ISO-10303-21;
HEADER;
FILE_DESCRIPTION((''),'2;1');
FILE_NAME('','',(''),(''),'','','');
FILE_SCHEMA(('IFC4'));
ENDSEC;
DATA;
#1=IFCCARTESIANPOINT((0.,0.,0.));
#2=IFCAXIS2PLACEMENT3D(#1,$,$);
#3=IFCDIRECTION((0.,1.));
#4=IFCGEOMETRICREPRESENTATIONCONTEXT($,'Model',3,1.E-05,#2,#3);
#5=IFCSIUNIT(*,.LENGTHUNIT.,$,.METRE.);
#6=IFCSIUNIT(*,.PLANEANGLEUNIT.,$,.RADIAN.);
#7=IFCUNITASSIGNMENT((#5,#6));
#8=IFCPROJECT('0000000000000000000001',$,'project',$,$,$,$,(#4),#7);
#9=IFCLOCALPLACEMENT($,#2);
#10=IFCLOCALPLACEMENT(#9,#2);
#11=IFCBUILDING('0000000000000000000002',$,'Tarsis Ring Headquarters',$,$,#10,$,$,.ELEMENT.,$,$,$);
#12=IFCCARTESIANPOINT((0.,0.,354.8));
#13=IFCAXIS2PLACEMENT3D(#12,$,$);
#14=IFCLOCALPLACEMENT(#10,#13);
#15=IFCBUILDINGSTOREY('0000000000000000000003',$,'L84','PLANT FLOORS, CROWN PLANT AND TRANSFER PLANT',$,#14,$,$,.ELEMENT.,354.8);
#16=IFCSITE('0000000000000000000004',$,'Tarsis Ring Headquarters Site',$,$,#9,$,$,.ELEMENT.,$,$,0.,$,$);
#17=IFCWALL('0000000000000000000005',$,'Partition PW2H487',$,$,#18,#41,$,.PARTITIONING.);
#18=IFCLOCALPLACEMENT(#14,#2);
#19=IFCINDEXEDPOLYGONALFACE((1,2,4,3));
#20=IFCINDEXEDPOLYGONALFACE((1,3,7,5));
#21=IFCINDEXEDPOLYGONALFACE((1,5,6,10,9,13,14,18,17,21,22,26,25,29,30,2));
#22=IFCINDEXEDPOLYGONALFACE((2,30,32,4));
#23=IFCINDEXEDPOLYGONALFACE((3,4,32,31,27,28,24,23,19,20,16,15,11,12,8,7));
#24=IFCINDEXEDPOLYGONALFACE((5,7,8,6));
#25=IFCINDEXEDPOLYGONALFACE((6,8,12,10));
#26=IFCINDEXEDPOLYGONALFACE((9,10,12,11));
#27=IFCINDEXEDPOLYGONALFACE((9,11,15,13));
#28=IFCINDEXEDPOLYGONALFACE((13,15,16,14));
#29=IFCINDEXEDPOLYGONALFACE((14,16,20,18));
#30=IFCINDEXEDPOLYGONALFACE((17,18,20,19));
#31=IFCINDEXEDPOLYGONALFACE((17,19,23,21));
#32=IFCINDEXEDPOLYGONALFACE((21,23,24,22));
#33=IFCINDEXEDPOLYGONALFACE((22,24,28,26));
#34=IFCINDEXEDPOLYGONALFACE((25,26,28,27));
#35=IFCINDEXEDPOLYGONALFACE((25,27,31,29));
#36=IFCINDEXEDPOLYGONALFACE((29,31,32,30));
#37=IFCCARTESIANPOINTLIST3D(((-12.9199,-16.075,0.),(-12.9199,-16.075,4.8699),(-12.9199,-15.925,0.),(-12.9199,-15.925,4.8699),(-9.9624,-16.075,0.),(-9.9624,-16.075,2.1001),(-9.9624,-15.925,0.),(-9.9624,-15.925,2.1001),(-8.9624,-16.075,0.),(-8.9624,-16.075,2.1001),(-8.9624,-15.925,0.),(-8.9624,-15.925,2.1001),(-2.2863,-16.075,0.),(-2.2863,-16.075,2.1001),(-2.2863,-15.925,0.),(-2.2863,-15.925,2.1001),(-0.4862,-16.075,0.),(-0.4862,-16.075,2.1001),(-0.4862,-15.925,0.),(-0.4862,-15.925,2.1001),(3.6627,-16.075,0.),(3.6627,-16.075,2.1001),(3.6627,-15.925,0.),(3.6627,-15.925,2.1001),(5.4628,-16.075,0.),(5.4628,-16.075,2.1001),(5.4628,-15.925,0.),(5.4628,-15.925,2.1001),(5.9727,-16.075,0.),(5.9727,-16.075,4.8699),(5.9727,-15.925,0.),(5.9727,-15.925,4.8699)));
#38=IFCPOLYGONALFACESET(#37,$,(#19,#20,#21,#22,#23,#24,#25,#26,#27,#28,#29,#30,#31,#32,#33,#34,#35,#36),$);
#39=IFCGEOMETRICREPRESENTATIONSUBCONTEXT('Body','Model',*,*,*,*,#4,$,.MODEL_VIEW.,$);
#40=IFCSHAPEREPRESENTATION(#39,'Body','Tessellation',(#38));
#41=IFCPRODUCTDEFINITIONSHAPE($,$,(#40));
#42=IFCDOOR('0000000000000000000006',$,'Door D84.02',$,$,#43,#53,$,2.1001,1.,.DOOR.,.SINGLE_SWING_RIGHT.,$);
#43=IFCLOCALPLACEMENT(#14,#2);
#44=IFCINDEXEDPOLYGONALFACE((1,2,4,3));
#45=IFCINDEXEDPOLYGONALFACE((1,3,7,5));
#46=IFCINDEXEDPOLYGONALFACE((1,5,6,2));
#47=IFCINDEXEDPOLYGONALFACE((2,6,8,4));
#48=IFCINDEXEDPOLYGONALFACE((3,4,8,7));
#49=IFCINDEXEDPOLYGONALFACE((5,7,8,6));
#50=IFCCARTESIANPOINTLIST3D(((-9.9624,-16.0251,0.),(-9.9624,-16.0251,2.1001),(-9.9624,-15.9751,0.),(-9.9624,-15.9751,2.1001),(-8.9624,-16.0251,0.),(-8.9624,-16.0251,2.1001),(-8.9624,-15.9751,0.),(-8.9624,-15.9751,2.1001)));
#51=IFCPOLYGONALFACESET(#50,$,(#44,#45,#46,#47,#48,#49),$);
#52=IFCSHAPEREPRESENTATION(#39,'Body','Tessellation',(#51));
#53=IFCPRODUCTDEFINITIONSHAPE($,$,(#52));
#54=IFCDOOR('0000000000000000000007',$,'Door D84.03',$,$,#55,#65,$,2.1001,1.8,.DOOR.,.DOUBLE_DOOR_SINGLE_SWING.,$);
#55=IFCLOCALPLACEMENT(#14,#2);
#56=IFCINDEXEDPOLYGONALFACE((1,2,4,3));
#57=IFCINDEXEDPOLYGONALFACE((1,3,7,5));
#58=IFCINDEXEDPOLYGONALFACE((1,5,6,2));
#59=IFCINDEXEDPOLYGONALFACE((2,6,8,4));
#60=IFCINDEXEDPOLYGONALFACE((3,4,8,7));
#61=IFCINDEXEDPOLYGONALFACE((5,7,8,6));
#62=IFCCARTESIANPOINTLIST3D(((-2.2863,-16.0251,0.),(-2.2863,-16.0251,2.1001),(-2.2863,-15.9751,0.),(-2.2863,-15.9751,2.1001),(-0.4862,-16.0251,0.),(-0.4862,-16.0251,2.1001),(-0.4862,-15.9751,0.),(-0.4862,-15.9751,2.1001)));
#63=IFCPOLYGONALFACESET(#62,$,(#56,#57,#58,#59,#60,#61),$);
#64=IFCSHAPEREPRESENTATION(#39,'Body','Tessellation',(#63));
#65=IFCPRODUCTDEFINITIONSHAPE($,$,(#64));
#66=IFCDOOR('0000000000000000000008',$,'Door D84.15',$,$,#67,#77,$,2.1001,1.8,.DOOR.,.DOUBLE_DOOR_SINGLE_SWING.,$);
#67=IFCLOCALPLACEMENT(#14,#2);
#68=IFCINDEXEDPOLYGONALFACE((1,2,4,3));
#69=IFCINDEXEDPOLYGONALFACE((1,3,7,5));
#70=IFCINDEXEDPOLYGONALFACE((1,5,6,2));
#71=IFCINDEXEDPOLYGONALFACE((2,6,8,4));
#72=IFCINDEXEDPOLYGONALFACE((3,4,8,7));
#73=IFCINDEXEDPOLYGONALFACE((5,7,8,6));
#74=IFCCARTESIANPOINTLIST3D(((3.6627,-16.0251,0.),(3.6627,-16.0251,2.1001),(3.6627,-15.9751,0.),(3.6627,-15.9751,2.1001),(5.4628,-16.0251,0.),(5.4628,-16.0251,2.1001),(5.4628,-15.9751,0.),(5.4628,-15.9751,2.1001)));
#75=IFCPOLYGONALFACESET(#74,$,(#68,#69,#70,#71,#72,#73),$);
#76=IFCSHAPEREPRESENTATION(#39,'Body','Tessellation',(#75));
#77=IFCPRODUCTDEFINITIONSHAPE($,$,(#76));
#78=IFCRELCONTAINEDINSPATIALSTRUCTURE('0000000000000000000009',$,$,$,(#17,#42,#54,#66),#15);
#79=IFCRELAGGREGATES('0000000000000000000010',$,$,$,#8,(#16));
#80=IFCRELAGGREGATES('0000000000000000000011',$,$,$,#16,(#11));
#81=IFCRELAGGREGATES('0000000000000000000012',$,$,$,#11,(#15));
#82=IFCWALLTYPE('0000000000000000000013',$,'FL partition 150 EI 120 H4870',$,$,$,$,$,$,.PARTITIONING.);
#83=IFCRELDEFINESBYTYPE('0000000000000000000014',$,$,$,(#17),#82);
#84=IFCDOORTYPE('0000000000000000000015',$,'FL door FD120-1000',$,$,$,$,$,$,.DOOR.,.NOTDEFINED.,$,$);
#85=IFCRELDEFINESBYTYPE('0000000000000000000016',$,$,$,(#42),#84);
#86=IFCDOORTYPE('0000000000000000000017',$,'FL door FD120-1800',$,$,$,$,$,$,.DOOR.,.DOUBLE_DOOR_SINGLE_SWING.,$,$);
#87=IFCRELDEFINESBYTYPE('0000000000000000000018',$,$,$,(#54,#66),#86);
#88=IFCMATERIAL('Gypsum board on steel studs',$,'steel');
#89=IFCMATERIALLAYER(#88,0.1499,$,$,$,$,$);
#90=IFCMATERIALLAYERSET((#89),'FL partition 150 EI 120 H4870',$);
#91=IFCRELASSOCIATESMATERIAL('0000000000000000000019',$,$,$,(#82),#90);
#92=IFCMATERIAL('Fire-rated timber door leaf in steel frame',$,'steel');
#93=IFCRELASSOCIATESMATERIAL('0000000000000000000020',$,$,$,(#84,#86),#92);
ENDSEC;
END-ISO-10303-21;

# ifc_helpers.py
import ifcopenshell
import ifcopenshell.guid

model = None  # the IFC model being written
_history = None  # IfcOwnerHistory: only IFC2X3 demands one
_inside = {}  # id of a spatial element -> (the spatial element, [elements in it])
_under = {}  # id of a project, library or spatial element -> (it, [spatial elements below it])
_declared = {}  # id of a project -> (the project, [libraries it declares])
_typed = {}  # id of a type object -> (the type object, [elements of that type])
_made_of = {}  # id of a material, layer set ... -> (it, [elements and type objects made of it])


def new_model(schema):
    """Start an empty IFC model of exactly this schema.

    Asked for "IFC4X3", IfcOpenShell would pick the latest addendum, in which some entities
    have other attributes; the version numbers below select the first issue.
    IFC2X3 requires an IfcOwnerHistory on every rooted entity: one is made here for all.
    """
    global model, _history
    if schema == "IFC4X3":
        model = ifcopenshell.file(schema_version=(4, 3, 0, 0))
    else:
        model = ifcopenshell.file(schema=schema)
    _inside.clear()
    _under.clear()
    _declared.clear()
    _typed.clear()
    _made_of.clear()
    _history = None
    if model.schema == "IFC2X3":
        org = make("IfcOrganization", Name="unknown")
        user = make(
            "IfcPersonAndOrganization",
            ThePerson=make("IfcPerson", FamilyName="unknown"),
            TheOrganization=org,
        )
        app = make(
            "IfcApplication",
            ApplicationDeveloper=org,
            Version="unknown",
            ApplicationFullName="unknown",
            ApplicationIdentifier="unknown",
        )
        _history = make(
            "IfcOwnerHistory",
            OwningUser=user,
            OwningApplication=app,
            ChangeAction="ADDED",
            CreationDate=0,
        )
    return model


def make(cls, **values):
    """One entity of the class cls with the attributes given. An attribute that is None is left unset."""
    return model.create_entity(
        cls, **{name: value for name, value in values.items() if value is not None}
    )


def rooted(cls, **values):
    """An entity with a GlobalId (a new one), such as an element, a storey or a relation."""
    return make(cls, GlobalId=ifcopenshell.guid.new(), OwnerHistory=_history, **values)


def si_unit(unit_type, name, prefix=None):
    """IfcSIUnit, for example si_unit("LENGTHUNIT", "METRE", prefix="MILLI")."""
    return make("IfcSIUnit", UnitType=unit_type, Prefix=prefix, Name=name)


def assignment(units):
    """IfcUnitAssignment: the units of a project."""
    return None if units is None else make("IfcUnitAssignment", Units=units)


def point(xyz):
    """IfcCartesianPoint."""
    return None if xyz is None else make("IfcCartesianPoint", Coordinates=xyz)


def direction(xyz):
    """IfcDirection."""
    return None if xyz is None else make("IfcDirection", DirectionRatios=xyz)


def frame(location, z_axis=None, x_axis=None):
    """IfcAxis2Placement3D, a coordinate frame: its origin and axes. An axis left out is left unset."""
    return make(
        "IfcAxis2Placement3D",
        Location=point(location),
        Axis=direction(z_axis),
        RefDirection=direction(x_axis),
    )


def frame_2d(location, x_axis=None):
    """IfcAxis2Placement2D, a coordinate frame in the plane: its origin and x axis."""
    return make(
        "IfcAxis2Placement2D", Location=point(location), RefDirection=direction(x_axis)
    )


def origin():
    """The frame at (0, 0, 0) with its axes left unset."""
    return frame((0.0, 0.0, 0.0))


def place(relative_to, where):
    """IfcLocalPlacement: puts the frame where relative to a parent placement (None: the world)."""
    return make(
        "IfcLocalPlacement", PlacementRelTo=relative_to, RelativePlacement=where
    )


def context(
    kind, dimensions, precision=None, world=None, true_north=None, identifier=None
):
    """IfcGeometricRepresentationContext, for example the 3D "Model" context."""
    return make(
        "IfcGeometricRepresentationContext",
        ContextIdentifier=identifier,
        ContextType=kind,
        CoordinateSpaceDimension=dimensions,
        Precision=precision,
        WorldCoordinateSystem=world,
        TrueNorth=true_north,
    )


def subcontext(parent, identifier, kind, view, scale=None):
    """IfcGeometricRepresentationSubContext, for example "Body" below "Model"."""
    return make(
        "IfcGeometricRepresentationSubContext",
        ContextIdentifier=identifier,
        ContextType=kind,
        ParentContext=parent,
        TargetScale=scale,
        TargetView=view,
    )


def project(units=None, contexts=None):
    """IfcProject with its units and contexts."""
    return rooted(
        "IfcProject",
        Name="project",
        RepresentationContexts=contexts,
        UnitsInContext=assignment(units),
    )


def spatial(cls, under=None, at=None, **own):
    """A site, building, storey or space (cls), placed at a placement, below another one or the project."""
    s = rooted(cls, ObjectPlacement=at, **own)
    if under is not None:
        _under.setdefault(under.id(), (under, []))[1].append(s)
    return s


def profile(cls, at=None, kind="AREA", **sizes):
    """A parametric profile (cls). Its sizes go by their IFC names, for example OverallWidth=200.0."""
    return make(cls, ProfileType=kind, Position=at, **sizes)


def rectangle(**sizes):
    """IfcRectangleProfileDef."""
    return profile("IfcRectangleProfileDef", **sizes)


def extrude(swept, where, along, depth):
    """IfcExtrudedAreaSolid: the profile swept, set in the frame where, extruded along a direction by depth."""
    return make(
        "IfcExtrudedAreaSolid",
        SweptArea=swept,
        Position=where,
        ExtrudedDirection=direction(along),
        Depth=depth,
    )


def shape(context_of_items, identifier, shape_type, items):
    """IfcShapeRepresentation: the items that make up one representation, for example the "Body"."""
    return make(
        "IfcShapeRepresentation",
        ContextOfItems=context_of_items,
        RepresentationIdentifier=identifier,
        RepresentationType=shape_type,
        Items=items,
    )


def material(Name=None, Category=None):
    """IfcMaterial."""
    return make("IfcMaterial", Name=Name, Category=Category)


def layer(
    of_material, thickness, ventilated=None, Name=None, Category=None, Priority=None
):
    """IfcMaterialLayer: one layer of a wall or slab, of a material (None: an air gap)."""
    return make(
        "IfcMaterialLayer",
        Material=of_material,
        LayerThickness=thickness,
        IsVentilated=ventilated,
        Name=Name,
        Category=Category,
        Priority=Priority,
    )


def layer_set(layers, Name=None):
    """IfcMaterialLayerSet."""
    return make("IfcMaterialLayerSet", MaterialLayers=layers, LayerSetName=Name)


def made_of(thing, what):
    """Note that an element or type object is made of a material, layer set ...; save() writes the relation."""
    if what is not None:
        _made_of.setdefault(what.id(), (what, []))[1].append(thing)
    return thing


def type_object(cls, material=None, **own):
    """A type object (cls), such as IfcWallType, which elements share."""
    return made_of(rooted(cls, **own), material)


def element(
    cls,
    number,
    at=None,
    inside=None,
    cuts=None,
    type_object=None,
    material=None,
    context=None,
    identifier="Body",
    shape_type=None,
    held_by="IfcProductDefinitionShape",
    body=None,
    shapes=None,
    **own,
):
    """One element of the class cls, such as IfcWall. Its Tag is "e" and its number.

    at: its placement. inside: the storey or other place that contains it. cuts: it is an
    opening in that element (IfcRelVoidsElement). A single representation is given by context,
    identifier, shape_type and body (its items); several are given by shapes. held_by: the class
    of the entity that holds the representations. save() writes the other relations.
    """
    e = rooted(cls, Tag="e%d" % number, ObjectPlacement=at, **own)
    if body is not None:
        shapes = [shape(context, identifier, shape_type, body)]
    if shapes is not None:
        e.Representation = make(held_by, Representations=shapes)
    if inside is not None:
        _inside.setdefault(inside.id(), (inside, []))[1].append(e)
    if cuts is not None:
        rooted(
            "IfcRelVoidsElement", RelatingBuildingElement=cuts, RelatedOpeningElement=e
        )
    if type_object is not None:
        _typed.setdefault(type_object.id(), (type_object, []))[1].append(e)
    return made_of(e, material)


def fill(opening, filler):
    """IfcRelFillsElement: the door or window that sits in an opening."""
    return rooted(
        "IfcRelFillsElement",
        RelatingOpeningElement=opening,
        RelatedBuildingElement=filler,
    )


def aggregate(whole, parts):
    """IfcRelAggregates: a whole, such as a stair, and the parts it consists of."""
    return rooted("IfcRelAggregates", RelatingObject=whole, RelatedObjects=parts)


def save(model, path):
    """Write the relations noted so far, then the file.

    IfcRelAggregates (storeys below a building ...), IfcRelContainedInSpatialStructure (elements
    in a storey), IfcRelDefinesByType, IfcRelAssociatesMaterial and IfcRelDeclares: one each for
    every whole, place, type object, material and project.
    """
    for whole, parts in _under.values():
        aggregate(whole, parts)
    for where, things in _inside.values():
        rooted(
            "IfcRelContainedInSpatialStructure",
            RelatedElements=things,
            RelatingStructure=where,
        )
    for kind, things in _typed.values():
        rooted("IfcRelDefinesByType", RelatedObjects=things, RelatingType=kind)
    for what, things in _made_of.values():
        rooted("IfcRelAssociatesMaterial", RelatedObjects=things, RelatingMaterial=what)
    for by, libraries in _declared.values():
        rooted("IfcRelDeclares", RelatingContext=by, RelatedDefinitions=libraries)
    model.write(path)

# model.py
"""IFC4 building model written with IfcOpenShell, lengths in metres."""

from ifc_helpers import new_model, si_unit, direction, frame, frame_2d, origin, place, context, subcontext, project, spatial, rectangle, extrude, material, layer, layer_set, type_object, element, fill, save


model = new_model("IFC4")

# Units and contexts
model_context = context("Model", 3, precision=1e-05, world=origin(), true_north=direction((0.0, 1.0)))
body_context = subcontext(model_context, "Body", "Model", "MODEL_VIEW")
ifc_project = project(units=[si_unit("LENGTHUNIT", "METRE"), si_unit("PLANEANGLEUNIT", "RADIAN")], contexts=[model_context])

# Site, building, storey
site_placement = place(None, origin())
site = spatial("IfcSite", under=ifc_project, at=site_placement, Name="Tarsis Ring Headquarters Site", CompositionType="ELEMENT", RefElevation=0.0)
building_placement = place(site_placement, origin())
building = spatial("IfcBuilding", under=site, at=building_placement, Name="Tarsis Ring Headquarters", CompositionType="ELEMENT")
storey_placement = place(building_placement, frame((0.0, 0.0, 354.8)))
storey = spatial("IfcBuildingStorey", under=building, at=storey_placement, Name="L84", Description="PLANT FLOORS, CROWN PLANT AND TRANSFER PLANT", CompositionType="ELEMENT", Elevation=354.8)

# Wall, openings, doors
ifc_material_1 = material(Name="Gypsum board on steel studs", Category="steel")
ifc_layer_1 = layer(ifc_material_1, 0.1499)
ifc_layer_set_1 = layer_set([ifc_layer_1], Name="FL partition 150 EI 120 H4870")
wall_type_1 = type_object("IfcWallType", Name="FL partition 150 EI 120 H4870", PredefinedType="PARTITIONING", material=ifc_layer_set_1)
ifc_material_2 = material(Name="Fire-rated timber door leaf in steel frame", Category="steel")
door_type_1 = type_object("IfcDoorType", Name="FL door FD120-1000", OperationType="NOTDEFINED", PredefinedType="DOOR", material=ifc_material_2)
door_type_2 = type_object("IfcDoorType", Name="FL door FD120-1800", OperationType="DOUBLE_DOOR_SINGLE_SWING", PredefinedType="DOOR", material=ifc_material_2)
wall_1_placement = place(storey_placement, frame((-12.9199, -16.0, 0.0), z_axis=(0.0, 0.0, 1.0), x_axis=(1.0, 0.0, 0.0)))
wall_1 = element("IfcWall", 1, at=wall_1_placement, inside=storey, type_object=wall_type_1, Name="Partition PW2H487", PredefinedType="PARTITIONING", context=body_context, shape_type="SweptSolid", body=[
    extrude(rectangle(XDim=18.8926, YDim=0.1499, at=frame_2d((9.4463, 0.0))), origin(), (0.0, 0.0, 1.0), 4.8699),
])
opening_1_placement = place(wall_1_placement, frame((2.9575, 0.0, 0.0)))
opening_1 = element("IfcOpeningElement", 2, at=opening_1_placement, cuts=wall_1, PredefinedType="OPENING", context=body_context, shape_type="SweptSolid", body=[
    extrude(rectangle(XDim=1.0, YDim=2.1001, at=frame_2d((0.5, 1.05))), frame((0.0, 0.085, 0.0), z_axis=(0.0, -1.0, 0.0), x_axis=(1.0, 0.0, 0.0)), (0.0, 0.0, 1.0), 0.1699),
])
opening_2_placement = place(wall_1_placement, frame((10.6338, 0.0, 0.0)))
opening_2 = element("IfcOpeningElement", 3, at=opening_2_placement, cuts=wall_1, PredefinedType="OPENING", context=body_context, shape_type="SweptSolid", body=[
    extrude(rectangle(XDim=1.8, YDim=2.1001, at=frame_2d((0.8999, 1.05))), frame((0.0, 0.085, 0.0), z_axis=(0.0, -1.0, 0.0), x_axis=(1.0, 0.0, 0.0)), (0.0, 0.0, 1.0), 0.1699),
])
opening_3_placement = place(wall_1_placement, frame((16.5828, 0.0, 0.0)))
opening_3 = element("IfcOpeningElement", 4, at=opening_3_placement, cuts=wall_1, PredefinedType="OPENING", context=body_context, shape_type="SweptSolid", body=[
    extrude(rectangle(XDim=1.8, YDim=2.1001, at=frame_2d((0.8999, 1.05))), frame((0.0, 0.085, 0.0), z_axis=(0.0, -1.0, 0.0), x_axis=(1.0, 0.0, 0.0)), (0.0, 0.0, 1.0), 0.1699),
])
door_1_placement = place(opening_1_placement, origin())
door_1 = element("IfcDoor", 5, at=door_1_placement, inside=storey, type_object=door_type_1, Name="Door D84.02", OperationType="SINGLE_SWING_RIGHT", OverallHeight=2.1001, OverallWidth=1.0, PredefinedType="DOOR", context=body_context, shape_type="SweptSolid", body=[
    extrude(rectangle(XDim=1.0, YDim=2.1001, at=frame_2d((0.5, 1.05))), frame((0.0, 0.0249, 0.0), z_axis=(0.0, -1.0, 0.0), x_axis=(1.0, 0.0, 0.0)), (0.0, 0.0, 1.0), 0.05),
])
fill(opening_1, door_1)
door_2_placement = place(opening_2_placement, origin())
door_2 = element("IfcDoor", 6, at=door_2_placement, inside=storey, type_object=door_type_2, Name="Door D84.03", OperationType="DOUBLE_DOOR_SINGLE_SWING", OverallHeight=2.1001, OverallWidth=1.8, PredefinedType="DOOR", context=body_context, shape_type="SweptSolid", body=[
    extrude(rectangle(XDim=1.8, YDim=2.1001, at=frame_2d((0.8999, 1.05))), frame((0.0, 0.0249, 0.0), z_axis=(0.0, -1.0, 0.0), x_axis=(1.0, 0.0, 0.0)), (0.0, 0.0, 1.0), 0.05),
])
fill(opening_2, door_2)
door_3_placement = place(opening_3_placement, origin())
door_3 = element("IfcDoor", 7, at=door_3_placement, inside=storey, type_object=door_type_2, Name="Door D84.15", OperationType="DOUBLE_DOOR_SINGLE_SWING", OverallHeight=2.1001, OverallWidth=1.8, PredefinedType="DOOR", context=body_context, shape_type="SweptSolid", body=[
    extrude(rectangle(XDim=1.8, YDim=2.1001, at=frame_2d((0.8999, 1.05))), frame((0.0, 0.0249, 0.0), z_axis=(0.0, -1.0, 0.0), x_axis=(1.0, 0.0, 0.0)), (0.0, 0.0, 1.0), 0.05),
])
fill(opening_3, door_3)

save(model, "model.ifc")
